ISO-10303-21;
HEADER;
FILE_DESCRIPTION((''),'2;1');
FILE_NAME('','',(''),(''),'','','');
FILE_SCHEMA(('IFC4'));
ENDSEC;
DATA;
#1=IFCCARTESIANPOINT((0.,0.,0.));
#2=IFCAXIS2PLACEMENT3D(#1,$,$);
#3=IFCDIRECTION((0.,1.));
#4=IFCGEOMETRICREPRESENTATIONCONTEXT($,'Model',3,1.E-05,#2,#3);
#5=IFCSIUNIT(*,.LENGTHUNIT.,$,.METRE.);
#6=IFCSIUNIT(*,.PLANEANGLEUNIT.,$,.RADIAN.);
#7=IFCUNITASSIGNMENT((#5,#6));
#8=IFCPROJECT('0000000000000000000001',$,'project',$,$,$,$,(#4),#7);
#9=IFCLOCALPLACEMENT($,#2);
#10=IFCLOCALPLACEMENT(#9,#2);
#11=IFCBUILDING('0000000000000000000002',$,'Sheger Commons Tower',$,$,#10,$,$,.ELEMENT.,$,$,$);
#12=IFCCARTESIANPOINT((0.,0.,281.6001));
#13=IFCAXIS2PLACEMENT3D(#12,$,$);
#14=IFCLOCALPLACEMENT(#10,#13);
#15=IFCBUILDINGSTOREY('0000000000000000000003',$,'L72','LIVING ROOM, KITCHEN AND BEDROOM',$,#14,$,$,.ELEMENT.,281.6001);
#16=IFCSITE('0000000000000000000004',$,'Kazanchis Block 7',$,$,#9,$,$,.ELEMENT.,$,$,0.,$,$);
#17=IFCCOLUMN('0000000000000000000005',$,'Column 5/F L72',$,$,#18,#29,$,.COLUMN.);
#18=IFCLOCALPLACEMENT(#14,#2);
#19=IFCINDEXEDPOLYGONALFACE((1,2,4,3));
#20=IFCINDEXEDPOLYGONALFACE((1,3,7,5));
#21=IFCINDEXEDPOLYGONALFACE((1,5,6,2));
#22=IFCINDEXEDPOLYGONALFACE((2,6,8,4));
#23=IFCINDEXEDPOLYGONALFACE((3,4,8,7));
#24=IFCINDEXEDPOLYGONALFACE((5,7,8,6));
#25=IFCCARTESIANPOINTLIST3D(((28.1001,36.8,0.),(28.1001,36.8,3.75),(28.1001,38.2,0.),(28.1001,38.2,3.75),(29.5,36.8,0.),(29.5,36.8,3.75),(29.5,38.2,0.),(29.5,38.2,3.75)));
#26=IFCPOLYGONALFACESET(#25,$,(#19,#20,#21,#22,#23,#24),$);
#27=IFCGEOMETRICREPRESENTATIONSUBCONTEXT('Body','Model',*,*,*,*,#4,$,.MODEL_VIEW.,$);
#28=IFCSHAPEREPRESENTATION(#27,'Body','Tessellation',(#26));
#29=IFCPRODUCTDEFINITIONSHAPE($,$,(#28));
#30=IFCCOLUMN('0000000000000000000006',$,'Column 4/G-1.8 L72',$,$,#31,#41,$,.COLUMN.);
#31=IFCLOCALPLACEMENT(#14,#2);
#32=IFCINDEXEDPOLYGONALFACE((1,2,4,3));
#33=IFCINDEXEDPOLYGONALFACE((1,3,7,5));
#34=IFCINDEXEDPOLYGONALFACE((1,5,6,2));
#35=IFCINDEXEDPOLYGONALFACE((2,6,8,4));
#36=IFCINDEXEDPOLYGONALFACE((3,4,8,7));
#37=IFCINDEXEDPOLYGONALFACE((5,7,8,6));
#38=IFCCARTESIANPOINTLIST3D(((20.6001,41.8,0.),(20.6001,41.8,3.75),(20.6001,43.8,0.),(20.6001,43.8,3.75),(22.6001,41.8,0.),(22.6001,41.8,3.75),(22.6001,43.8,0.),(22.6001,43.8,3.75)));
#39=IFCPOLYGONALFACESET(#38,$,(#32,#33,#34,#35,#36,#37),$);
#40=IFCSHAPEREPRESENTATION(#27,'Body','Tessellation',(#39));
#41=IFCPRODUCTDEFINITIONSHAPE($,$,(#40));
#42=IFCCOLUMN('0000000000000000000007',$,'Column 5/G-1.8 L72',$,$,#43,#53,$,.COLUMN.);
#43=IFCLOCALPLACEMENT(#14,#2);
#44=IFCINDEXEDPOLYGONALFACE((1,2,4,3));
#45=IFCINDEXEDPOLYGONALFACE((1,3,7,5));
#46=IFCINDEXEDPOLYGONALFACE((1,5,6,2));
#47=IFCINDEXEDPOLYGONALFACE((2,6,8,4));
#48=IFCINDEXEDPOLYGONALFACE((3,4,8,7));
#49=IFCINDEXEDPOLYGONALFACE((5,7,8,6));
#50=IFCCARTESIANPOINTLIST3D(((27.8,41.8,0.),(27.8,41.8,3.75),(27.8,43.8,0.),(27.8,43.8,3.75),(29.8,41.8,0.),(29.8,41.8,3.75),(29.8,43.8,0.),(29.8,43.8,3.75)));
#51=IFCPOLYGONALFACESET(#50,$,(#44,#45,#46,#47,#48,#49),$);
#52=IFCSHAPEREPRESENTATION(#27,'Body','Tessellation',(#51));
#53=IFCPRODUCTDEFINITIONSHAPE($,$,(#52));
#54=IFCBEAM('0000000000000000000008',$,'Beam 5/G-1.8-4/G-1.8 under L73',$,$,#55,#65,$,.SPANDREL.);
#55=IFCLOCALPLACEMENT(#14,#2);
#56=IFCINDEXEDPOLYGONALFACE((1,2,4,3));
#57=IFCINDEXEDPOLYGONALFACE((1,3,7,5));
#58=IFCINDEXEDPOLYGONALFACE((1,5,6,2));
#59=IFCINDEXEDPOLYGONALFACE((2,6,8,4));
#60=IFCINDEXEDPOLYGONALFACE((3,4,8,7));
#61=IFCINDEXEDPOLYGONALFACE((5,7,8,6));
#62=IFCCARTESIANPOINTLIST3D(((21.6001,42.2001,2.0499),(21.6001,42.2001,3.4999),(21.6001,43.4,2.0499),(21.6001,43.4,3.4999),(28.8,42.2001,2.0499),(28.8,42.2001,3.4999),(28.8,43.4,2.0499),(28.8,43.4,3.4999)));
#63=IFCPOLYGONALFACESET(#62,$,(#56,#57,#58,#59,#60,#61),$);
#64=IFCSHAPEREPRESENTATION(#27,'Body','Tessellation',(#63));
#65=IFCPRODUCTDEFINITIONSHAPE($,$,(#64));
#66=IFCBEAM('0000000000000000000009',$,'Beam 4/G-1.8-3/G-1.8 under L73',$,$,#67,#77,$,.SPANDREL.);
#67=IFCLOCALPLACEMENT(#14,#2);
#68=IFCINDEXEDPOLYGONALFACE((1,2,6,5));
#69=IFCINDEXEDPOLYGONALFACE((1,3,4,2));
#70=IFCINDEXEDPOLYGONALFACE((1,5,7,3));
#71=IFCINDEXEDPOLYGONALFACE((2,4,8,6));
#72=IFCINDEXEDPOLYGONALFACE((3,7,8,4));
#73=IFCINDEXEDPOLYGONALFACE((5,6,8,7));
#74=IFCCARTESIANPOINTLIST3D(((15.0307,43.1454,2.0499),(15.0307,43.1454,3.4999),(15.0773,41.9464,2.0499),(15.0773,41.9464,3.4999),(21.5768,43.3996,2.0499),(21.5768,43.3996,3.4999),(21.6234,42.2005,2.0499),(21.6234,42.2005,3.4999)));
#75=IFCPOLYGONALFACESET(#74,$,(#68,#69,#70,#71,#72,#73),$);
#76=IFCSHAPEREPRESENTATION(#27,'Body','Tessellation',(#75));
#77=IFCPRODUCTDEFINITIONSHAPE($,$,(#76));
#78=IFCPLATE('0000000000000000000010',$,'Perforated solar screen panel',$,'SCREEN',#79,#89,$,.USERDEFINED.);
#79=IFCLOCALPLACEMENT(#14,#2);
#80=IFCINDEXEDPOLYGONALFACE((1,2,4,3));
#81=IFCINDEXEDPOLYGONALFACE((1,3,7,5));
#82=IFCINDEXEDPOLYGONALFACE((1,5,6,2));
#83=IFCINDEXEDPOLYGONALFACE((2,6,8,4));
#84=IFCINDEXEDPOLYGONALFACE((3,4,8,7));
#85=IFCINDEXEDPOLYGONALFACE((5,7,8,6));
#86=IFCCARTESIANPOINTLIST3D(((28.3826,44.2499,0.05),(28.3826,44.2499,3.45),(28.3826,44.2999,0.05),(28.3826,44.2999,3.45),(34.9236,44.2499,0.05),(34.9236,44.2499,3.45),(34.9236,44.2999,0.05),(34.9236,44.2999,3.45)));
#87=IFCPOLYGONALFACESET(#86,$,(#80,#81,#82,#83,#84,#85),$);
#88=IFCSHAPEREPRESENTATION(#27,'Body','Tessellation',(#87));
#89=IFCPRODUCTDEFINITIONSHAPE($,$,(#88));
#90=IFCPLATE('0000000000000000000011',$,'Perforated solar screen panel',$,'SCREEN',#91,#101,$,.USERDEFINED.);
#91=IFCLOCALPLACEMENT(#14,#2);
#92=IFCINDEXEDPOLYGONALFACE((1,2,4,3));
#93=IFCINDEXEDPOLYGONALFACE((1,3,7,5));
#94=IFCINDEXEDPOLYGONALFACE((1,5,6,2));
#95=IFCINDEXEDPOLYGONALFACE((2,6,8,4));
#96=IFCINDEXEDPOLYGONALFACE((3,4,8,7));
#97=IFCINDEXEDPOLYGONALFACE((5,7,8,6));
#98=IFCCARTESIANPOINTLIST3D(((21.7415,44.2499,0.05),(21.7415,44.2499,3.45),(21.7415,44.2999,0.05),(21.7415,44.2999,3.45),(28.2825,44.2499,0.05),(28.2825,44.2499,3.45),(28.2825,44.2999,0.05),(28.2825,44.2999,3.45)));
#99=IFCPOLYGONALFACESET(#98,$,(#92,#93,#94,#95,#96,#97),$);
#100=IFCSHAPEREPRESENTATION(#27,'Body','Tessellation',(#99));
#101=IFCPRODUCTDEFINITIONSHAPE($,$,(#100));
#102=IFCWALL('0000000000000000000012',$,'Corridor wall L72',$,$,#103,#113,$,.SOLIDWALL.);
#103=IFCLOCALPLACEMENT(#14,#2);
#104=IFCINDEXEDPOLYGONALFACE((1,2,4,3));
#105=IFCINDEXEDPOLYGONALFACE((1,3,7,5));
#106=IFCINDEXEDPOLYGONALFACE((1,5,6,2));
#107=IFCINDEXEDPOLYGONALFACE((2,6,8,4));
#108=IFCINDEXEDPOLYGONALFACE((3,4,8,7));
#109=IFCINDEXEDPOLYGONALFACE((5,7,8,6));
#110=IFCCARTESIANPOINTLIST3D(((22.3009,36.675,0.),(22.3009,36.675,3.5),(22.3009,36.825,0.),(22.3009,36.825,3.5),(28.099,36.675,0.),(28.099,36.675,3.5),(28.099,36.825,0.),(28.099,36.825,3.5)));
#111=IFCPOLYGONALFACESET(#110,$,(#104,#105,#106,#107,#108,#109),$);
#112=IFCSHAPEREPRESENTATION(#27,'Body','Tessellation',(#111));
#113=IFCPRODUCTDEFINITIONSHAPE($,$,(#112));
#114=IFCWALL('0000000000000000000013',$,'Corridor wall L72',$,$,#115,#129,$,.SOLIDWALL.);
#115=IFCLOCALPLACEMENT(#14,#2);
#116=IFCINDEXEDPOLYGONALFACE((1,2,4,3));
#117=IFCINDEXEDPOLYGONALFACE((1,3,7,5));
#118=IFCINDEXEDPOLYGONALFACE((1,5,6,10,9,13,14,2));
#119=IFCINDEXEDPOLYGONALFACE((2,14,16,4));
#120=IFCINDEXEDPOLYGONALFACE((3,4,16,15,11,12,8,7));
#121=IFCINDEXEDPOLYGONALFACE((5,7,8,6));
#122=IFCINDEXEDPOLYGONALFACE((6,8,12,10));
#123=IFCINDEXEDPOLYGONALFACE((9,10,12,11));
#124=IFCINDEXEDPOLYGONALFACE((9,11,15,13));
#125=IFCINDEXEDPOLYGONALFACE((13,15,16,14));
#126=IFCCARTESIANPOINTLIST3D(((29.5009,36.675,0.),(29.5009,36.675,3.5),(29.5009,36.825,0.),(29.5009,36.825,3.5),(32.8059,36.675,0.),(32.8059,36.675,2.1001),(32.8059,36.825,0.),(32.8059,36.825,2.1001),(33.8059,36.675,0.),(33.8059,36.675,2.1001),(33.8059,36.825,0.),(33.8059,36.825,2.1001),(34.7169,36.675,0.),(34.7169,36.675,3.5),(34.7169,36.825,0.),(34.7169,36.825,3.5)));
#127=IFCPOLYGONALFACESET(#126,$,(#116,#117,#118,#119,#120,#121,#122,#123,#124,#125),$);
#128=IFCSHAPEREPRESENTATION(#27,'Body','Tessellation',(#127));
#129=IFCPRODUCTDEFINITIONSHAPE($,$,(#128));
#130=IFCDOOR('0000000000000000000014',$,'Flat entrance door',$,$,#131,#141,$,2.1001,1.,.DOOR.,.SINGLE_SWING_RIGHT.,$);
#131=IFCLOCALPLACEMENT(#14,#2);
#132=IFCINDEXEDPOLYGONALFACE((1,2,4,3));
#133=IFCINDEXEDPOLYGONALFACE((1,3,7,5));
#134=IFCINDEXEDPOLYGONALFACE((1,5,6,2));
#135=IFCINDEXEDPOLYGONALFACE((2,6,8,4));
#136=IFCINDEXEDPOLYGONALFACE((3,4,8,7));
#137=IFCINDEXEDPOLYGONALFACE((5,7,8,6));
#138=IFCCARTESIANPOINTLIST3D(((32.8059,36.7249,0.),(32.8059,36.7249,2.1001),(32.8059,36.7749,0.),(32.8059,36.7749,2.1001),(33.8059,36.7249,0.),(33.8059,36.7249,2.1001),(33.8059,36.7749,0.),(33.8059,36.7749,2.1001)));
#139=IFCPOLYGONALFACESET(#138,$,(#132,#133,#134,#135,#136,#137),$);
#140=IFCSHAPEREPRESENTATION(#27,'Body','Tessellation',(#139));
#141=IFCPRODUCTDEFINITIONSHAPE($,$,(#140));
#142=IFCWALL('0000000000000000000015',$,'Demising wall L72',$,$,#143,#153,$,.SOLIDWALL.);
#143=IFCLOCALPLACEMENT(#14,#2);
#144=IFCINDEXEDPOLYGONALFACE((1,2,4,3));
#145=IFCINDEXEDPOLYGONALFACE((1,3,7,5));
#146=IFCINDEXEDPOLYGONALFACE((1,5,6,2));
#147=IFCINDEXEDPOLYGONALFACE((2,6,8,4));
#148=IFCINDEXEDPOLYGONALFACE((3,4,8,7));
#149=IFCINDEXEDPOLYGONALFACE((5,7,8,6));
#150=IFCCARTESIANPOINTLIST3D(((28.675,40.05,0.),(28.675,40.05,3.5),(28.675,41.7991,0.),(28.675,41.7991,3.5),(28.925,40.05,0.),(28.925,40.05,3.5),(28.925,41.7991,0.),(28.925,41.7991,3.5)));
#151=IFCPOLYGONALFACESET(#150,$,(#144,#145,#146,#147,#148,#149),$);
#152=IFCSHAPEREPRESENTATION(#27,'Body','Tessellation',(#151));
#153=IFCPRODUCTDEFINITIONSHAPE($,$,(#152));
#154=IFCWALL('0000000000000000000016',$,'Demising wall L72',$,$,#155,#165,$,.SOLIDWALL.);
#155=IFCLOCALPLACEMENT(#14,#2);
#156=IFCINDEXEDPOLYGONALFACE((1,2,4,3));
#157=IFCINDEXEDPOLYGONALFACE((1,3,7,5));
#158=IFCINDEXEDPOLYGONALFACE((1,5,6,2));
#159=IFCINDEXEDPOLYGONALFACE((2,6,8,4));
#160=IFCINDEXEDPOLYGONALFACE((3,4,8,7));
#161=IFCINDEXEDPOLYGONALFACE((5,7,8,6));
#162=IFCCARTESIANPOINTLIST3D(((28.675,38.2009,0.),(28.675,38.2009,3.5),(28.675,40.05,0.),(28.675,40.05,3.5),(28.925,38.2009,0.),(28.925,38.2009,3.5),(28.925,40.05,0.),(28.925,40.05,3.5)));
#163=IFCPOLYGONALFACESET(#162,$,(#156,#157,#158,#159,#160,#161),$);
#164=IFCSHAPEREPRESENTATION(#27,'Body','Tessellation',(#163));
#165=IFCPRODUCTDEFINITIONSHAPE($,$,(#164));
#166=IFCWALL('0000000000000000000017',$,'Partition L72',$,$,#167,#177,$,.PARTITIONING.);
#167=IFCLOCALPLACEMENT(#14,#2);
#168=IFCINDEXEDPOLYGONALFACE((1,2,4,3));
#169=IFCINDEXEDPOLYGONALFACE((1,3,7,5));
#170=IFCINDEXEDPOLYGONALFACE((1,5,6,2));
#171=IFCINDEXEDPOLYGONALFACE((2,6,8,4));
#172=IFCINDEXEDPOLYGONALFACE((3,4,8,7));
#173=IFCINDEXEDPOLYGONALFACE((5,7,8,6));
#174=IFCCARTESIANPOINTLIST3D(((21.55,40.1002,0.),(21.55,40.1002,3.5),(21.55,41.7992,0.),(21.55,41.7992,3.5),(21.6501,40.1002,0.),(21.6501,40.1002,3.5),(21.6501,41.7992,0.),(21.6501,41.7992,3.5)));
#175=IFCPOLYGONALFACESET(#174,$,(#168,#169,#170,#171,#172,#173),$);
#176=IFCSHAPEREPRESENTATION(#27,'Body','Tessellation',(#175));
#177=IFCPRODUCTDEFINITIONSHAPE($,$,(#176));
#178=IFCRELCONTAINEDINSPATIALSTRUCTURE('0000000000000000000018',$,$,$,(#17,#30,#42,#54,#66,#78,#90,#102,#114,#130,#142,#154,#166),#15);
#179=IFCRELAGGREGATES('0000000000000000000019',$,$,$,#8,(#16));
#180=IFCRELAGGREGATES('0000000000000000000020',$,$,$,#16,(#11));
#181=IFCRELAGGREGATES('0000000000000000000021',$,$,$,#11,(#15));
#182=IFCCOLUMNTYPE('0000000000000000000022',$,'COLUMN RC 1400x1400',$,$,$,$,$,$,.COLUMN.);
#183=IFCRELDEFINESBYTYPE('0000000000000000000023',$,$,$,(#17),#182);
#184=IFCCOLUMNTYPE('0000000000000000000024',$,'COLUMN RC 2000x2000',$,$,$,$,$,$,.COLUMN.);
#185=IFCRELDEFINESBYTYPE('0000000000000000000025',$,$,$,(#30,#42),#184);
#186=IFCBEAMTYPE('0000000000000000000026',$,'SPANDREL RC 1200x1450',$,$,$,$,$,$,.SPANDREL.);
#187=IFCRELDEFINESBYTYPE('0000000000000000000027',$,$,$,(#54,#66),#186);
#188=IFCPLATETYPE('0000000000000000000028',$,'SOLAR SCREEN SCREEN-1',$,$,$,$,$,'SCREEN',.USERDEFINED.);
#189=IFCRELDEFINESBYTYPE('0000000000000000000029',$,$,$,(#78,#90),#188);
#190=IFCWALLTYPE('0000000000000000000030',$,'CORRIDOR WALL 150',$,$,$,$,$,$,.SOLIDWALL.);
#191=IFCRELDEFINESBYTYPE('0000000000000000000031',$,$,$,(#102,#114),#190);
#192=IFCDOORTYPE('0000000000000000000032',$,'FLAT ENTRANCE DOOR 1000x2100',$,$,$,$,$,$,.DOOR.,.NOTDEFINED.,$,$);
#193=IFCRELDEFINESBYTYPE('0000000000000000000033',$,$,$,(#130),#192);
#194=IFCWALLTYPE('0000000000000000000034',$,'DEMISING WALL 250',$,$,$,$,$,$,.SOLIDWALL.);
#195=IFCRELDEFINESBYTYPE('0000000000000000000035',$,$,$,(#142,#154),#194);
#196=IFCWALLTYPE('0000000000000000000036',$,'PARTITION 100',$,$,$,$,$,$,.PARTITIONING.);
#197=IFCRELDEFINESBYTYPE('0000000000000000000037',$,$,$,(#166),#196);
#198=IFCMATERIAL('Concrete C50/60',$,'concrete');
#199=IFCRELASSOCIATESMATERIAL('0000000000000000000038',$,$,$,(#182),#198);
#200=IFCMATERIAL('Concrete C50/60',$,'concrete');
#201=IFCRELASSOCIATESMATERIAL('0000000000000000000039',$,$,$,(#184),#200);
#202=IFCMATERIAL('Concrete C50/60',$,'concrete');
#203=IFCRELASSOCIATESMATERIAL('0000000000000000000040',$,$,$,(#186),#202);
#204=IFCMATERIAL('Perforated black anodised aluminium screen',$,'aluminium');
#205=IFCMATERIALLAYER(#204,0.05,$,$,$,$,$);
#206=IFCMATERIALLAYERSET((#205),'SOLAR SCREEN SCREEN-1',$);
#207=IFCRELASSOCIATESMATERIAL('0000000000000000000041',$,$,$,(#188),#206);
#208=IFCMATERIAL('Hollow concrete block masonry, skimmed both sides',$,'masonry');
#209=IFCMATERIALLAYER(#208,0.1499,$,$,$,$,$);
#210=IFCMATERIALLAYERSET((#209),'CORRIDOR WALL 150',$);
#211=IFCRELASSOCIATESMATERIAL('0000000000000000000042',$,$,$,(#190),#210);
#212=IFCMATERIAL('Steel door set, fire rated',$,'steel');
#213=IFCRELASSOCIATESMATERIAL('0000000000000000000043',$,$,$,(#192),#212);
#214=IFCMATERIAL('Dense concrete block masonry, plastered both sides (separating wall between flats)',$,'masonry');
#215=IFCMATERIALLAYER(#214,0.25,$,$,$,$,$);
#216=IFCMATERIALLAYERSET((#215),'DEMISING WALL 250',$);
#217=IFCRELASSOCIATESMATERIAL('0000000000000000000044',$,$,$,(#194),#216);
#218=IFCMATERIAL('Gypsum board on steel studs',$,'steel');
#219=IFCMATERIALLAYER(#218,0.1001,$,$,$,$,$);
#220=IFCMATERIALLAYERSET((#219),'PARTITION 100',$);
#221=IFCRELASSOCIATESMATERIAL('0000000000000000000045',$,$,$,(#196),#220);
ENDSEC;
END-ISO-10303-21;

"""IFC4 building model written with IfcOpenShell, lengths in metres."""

from ifc_helpers import new_model, si_unit, direction, frame, frame_2d, origin, origin_2d, place, context, subcontext, project, spatial, rectangle, extrude, material, layer, layer_set, material_profile, profile_set, type_object, element, fill, save


model = new_model("IFC4")

# Units and contexts
model_context = context("Model", 3, precision=1e-05, world=origin(), true_north=direction((0.0, 1.0)))
body_context = subcontext(model_context, "Body", "Model", "MODEL_VIEW")
ifc_project = project(units=[si_unit("LENGTHUNIT", "METRE"), si_unit("PLANEANGLEUNIT", "RADIAN")], contexts=[model_context])

# Site, building, storey
site_placement = place(None, origin())
site = spatial("IfcSite", under=ifc_project, at=site_placement, Name="Kazanchis Block 7", CompositionType="ELEMENT", RefElevation=0.0)
building_placement = place(site_placement, origin())
building = spatial("IfcBuilding", under=site, at=building_placement, Name="Sheger Commons Tower", CompositionType="ELEMENT")
storey_placement = place(building_placement, frame((0.0, 0.0, 281.6001)))
storey = spatial("IfcBuildingStorey", under=building, at=storey_placement, Name="L72", Description="LIVING ROOM, KITCHEN AND BEDROOM", CompositionType="ELEMENT", Elevation=281.6001)

# Columns
ifc_material_1 = material(Name="Concrete C50/60", Category="concrete")
ifc_material_profile_1 = material_profile(ifc_material_1, rectangle(XDim=1.3999, YDim=1.3999, at=origin_2d()), Name="RC 1400x1400")
ifc_profile_set_1 = profile_set([ifc_material_profile_1], Name="Concrete C50/60")
column_type_1 = type_object("IfcColumnType", Name="COLUMN RC 1400x1400", PredefinedType="COLUMN", material=ifc_profile_set_1)
column_placement = place(storey_placement, frame((28.8, 37.5, 0.0), z_axis=(0.0, 0.0, 1.0), x_axis=(1.0, 0.0, 0.0)))
element("IfcColumn", 1, at=column_placement, inside=storey, type_object=column_type_1, Name="Column 5/F L72", PredefinedType="COLUMN", context=body_context, shape_type="SweptSolid", body=[
    extrude(rectangle(XDim=1.3999, YDim=1.3999, at=origin_2d()), origin(), (0.0, 0.0, 1.0), 3.75),
])
ifc_material_2 = material(Name="Concrete C50/60", Category="concrete")
ifc_material_profile_2 = material_profile(ifc_material_2, rectangle(XDim=2.0, YDim=2.0, at=origin_2d()), Name="RC 2000x2000")
ifc_profile_set_2 = profile_set([ifc_material_profile_2], Name="Concrete C50/60")
column_type_2 = type_object("IfcColumnType", Name="COLUMN RC 2000x2000", PredefinedType="COLUMN", material=ifc_profile_set_2)
for number, where, z_axis, x_axis, name in (
    (2, (21.6001, 42.8, 0.0), (0.0, 0.0, 1.0), (1.0, 0.0, 0.0), "Column 4/G-1.8 L72"),
    (3, (28.8, 42.8, 0.0), (0.0, 0.0, 1.0), (1.0, 0.0, 0.0), "Column 5/G-1.8 L72"),
):
    element("IfcColumn", number, at=place(storey_placement, frame(where, z_axis=z_axis, x_axis=x_axis)), inside=storey, type_object=column_type_2, Name=name, PredefinedType="COLUMN", context=body_context, shape_type="SweptSolid", body=[
        extrude(rectangle(XDim=2.0, YDim=2.0, at=origin_2d()), origin(), (0.0, 0.0, 1.0), 3.75),
    ])

# Beams
ifc_material_3 = material(Name="Concrete C50/60", Category="concrete")
ifc_material_profile_3 = material_profile(ifc_material_3, rectangle(XDim=1.2, YDim=1.45, at=origin_2d()), Name="RC 1200x1450")
ifc_profile_set_3 = profile_set([ifc_material_profile_3], Name="Concrete C50/60")
beam_type = type_object("IfcBeamType", Name="SPANDREL RC 1200x1450", PredefinedType="SPANDREL", material=ifc_profile_set_3)
beam_1_placement = place(storey_placement, frame((28.8, 42.8, 2.7749), z_axis=(-1.0, 0.0, 0.0), x_axis=(0.0, -1.0, 0.0)))
element("IfcBeam", 4, at=beam_1_placement, inside=storey, type_object=beam_type, Name="Beam 5/G-1.8-4/G-1.8 under L73", PredefinedType="SPANDREL", context=body_context, shape_type="SweptSolid", body=[
    extrude(rectangle(XDim=1.2, YDim=1.45, at=origin_2d()), origin(), (0.0, 0.0, 1.0), 7.2),
])
beam_2_placement = place(storey_placement, frame((21.6001, 42.8, 2.7749), z_axis=(-0.999247, -0.038795, 0.0), x_axis=(0.038795, -0.999247, 0.0)))
element("IfcBeam", 5, at=beam_2_placement, inside=storey, type_object=beam_type, Name="Beam 4/G-1.8-3/G-1.8 under L73", PredefinedType="SPANDREL", context=body_context, shape_type="SweptSolid", body=[
    extrude(rectangle(XDim=1.2, YDim=1.45, at=origin_2d()), origin(), (0.0, 0.0, 1.0), 6.551),
])

# Plates
ifc_material_4 = material(Name="Perforated black anodised aluminium screen", Category="aluminium")
ifc_layer_1 = layer(ifc_material_4, 0.05)
ifc_layer_set_1 = layer_set([ifc_layer_1], Name="SOLAR SCREEN SCREEN-1")
plate_type = type_object("IfcPlateType", Name="SOLAR SCREEN SCREEN-1", ElementType="SCREEN", PredefinedType="USERDEFINED", material=ifc_layer_set_1)
for number, where, z_axis, x_axis, name in (
    (6, (31.6531, 44.2749, 0.05), (0.0, 0.0, 1.0), (-1.0, 0.0, 0.0), "Perforated solar screen panel"),
    (7, (25.012, 44.2749, 0.05), (0.0, 0.0, 1.0), (-1.0, 0.0, 0.0), "Perforated solar screen panel"),
):
    element("IfcPlate", number, at=place(storey_placement, frame(where, z_axis=z_axis, x_axis=x_axis)), inside=storey, type_object=plate_type, Name=name, ObjectType="SCREEN", PredefinedType="USERDEFINED", context=body_context, shape_type="SweptSolid", body=[
        extrude(rectangle(XDim=6.541, YDim=0.05, at=origin_2d()), origin(), (0.0, 0.0, 1.0), 3.3999),
    ])

# Wall
ifc_material_5 = material(Name="Hollow concrete block masonry, skimmed both sides", Category="masonry")
ifc_layer_2 = layer(ifc_material_5, 0.1499)
ifc_layer_set_2 = layer_set([ifc_layer_2], Name="CORRIDOR WALL 150")
wall_type_1 = type_object("IfcWallType", Name="CORRIDOR WALL 150", PredefinedType="SOLIDWALL", material=ifc_layer_set_2)
wall_1_placement = place(storey_placement, frame((22.301, 36.75, 0.0), z_axis=(0.0, 0.0, 1.0), x_axis=(1.0, 0.0, 0.0)))
element("IfcWall", 8, at=wall_1_placement, inside=storey, type_object=wall_type_1, Name="Corridor wall L72", PredefinedType="SOLIDWALL", context=body_context, shape_type="SweptSolid", body=[
    extrude(rectangle(XDim=5.7981, YDim=0.1499, at=frame_2d((2.8989, 0.0))), origin(), (0.0, 0.0, 1.0), 3.5),
])

# Wall, opening, door
wall_2_placement = place(storey_placement, frame((29.501, 36.75, 0.0), z_axis=(0.0, 0.0, 1.0), x_axis=(1.0, 0.0, 0.0)))
wall_2 = element("IfcWall", 9, at=wall_2_placement, inside=storey, type_object=wall_type_1, Name="Corridor wall L72", PredefinedType="SOLIDWALL", context=body_context, shape_type="SweptSolid", body=[
    extrude(rectangle(XDim=5.2161, YDim=0.1499, at=frame_2d((2.6079, 0.0))), origin(), (0.0, 0.0, 1.0), 3.5),
])
opening_1_placement = place(wall_2_placement, frame((3.3049, 0.0, 0.0)))
opening_1 = element("IfcOpeningElement", 10, at=opening_1_placement, cuts=wall_2, PredefinedType="OPENING", context=body_context, shape_type="SweptSolid", body=[
    extrude(rectangle(XDim=1.0, YDim=2.1001, at=frame_2d((0.5, 1.05))), frame((0.0, 0.085, 0.0), z_axis=(0.0, -1.0, 0.0), x_axis=(1.0, 0.0, 0.0)), (0.0, 0.0, 1.0), 0.1699),
])
ifc_material_6 = material(Name="Steel door set, fire rated", Category="steel")
door_type_1 = type_object("IfcDoorType", Name="FLAT ENTRANCE DOOR 1000x2100", OperationType="NOTDEFINED", PredefinedType="DOOR", material=ifc_material_6)
door_1_placement = place(opening_1_placement, origin())
door_1 = element("IfcDoor", 11, at=door_1_placement, inside=storey, type_object=door_type_1, Name="Flat entrance door", OperationType="SINGLE_SWING_RIGHT", OverallHeight=2.1001, OverallWidth=1.0, PredefinedType="DOOR", context=body_context, shape_type="SweptSolid", body=[
    extrude(rectangle(XDim=1.0, YDim=2.1001, at=frame_2d((0.5, 1.05))), frame((0.0, 0.0249, 0.0), z_axis=(0.0, -1.0, 0.0), x_axis=(1.0, 0.0, 0.0)), (0.0, 0.0, 1.0), 0.05),
])
fill(opening_1, door_1)

# Walls
ifc_material_7 = material(Name="Dense concrete block masonry, plastered both sides (separating wall between flats)", Category="masonry")
ifc_layer_3 = layer(ifc_material_7, 0.25)
ifc_layer_set_3 = layer_set([ifc_layer_3], Name="DEMISING WALL 250")
wall_type_2 = type_object("IfcWallType", Name="DEMISING WALL 250", PredefinedType="SOLIDWALL", material=ifc_layer_set_3)
wall_3_placement = place(storey_placement, frame((28.8, 40.05, 0.0), z_axis=(0.0, 0.0, 1.0), x_axis=(0.0, 1.0, 0.0)))
element("IfcWall", 12, at=wall_3_placement, inside=storey, type_object=wall_type_2, Name="Demising wall L72", PredefinedType="SOLIDWALL", context=body_context, shape_type="SweptSolid", body=[
    extrude(rectangle(XDim=1.749, YDim=0.25, at=frame_2d((0.8745, 0.0))), origin(), (0.0, 0.0, 1.0), 3.5),
])
wall_4_placement = place(storey_placement, frame((28.8, 38.2009, 0.0), z_axis=(0.0, 0.0, 1.0), x_axis=(0.0, 1.0, 0.0)))
element("IfcWall", 13, at=wall_4_placement, inside=storey, type_object=wall_type_2, Name="Demising wall L72", PredefinedType="SOLIDWALL", context=body_context, shape_type="SweptSolid", body=[
    extrude(rectangle(XDim=1.8491, YDim=0.25, at=frame_2d((0.9246, 0.0))), origin(), (0.0, 0.0, 1.0), 3.5),
])
ifc_material_8 = material(Name="Gypsum board on steel studs", Category="steel")
ifc_layer_4 = layer(ifc_material_8, 0.1001)
ifc_layer_set_4 = layer_set([ifc_layer_4], Name="PARTITION 100")
wall_type_3 = type_object("IfcWallType", Name="PARTITION 100", PredefinedType="PARTITIONING", material=ifc_layer_set_4)
wall_5_placement = place(storey_placement, frame((21.6001, 40.1001, 0.0), z_axis=(0.0, 0.0, 1.0), x_axis=(0.0, 1.0, 0.0)))
element("IfcWall", 14, at=wall_5_placement, inside=storey, type_object=wall_type_3, Name="Partition L72", PredefinedType="PARTITIONING", context=body_context, shape_type="SweptSolid", body=[
    extrude(rectangle(XDim=1.699, YDim=0.1001, at=frame_2d((0.8496, 0.0))), origin(), (0.0, 0.0, 1.0), 3.5),
])

save(model, "model.ifc")
